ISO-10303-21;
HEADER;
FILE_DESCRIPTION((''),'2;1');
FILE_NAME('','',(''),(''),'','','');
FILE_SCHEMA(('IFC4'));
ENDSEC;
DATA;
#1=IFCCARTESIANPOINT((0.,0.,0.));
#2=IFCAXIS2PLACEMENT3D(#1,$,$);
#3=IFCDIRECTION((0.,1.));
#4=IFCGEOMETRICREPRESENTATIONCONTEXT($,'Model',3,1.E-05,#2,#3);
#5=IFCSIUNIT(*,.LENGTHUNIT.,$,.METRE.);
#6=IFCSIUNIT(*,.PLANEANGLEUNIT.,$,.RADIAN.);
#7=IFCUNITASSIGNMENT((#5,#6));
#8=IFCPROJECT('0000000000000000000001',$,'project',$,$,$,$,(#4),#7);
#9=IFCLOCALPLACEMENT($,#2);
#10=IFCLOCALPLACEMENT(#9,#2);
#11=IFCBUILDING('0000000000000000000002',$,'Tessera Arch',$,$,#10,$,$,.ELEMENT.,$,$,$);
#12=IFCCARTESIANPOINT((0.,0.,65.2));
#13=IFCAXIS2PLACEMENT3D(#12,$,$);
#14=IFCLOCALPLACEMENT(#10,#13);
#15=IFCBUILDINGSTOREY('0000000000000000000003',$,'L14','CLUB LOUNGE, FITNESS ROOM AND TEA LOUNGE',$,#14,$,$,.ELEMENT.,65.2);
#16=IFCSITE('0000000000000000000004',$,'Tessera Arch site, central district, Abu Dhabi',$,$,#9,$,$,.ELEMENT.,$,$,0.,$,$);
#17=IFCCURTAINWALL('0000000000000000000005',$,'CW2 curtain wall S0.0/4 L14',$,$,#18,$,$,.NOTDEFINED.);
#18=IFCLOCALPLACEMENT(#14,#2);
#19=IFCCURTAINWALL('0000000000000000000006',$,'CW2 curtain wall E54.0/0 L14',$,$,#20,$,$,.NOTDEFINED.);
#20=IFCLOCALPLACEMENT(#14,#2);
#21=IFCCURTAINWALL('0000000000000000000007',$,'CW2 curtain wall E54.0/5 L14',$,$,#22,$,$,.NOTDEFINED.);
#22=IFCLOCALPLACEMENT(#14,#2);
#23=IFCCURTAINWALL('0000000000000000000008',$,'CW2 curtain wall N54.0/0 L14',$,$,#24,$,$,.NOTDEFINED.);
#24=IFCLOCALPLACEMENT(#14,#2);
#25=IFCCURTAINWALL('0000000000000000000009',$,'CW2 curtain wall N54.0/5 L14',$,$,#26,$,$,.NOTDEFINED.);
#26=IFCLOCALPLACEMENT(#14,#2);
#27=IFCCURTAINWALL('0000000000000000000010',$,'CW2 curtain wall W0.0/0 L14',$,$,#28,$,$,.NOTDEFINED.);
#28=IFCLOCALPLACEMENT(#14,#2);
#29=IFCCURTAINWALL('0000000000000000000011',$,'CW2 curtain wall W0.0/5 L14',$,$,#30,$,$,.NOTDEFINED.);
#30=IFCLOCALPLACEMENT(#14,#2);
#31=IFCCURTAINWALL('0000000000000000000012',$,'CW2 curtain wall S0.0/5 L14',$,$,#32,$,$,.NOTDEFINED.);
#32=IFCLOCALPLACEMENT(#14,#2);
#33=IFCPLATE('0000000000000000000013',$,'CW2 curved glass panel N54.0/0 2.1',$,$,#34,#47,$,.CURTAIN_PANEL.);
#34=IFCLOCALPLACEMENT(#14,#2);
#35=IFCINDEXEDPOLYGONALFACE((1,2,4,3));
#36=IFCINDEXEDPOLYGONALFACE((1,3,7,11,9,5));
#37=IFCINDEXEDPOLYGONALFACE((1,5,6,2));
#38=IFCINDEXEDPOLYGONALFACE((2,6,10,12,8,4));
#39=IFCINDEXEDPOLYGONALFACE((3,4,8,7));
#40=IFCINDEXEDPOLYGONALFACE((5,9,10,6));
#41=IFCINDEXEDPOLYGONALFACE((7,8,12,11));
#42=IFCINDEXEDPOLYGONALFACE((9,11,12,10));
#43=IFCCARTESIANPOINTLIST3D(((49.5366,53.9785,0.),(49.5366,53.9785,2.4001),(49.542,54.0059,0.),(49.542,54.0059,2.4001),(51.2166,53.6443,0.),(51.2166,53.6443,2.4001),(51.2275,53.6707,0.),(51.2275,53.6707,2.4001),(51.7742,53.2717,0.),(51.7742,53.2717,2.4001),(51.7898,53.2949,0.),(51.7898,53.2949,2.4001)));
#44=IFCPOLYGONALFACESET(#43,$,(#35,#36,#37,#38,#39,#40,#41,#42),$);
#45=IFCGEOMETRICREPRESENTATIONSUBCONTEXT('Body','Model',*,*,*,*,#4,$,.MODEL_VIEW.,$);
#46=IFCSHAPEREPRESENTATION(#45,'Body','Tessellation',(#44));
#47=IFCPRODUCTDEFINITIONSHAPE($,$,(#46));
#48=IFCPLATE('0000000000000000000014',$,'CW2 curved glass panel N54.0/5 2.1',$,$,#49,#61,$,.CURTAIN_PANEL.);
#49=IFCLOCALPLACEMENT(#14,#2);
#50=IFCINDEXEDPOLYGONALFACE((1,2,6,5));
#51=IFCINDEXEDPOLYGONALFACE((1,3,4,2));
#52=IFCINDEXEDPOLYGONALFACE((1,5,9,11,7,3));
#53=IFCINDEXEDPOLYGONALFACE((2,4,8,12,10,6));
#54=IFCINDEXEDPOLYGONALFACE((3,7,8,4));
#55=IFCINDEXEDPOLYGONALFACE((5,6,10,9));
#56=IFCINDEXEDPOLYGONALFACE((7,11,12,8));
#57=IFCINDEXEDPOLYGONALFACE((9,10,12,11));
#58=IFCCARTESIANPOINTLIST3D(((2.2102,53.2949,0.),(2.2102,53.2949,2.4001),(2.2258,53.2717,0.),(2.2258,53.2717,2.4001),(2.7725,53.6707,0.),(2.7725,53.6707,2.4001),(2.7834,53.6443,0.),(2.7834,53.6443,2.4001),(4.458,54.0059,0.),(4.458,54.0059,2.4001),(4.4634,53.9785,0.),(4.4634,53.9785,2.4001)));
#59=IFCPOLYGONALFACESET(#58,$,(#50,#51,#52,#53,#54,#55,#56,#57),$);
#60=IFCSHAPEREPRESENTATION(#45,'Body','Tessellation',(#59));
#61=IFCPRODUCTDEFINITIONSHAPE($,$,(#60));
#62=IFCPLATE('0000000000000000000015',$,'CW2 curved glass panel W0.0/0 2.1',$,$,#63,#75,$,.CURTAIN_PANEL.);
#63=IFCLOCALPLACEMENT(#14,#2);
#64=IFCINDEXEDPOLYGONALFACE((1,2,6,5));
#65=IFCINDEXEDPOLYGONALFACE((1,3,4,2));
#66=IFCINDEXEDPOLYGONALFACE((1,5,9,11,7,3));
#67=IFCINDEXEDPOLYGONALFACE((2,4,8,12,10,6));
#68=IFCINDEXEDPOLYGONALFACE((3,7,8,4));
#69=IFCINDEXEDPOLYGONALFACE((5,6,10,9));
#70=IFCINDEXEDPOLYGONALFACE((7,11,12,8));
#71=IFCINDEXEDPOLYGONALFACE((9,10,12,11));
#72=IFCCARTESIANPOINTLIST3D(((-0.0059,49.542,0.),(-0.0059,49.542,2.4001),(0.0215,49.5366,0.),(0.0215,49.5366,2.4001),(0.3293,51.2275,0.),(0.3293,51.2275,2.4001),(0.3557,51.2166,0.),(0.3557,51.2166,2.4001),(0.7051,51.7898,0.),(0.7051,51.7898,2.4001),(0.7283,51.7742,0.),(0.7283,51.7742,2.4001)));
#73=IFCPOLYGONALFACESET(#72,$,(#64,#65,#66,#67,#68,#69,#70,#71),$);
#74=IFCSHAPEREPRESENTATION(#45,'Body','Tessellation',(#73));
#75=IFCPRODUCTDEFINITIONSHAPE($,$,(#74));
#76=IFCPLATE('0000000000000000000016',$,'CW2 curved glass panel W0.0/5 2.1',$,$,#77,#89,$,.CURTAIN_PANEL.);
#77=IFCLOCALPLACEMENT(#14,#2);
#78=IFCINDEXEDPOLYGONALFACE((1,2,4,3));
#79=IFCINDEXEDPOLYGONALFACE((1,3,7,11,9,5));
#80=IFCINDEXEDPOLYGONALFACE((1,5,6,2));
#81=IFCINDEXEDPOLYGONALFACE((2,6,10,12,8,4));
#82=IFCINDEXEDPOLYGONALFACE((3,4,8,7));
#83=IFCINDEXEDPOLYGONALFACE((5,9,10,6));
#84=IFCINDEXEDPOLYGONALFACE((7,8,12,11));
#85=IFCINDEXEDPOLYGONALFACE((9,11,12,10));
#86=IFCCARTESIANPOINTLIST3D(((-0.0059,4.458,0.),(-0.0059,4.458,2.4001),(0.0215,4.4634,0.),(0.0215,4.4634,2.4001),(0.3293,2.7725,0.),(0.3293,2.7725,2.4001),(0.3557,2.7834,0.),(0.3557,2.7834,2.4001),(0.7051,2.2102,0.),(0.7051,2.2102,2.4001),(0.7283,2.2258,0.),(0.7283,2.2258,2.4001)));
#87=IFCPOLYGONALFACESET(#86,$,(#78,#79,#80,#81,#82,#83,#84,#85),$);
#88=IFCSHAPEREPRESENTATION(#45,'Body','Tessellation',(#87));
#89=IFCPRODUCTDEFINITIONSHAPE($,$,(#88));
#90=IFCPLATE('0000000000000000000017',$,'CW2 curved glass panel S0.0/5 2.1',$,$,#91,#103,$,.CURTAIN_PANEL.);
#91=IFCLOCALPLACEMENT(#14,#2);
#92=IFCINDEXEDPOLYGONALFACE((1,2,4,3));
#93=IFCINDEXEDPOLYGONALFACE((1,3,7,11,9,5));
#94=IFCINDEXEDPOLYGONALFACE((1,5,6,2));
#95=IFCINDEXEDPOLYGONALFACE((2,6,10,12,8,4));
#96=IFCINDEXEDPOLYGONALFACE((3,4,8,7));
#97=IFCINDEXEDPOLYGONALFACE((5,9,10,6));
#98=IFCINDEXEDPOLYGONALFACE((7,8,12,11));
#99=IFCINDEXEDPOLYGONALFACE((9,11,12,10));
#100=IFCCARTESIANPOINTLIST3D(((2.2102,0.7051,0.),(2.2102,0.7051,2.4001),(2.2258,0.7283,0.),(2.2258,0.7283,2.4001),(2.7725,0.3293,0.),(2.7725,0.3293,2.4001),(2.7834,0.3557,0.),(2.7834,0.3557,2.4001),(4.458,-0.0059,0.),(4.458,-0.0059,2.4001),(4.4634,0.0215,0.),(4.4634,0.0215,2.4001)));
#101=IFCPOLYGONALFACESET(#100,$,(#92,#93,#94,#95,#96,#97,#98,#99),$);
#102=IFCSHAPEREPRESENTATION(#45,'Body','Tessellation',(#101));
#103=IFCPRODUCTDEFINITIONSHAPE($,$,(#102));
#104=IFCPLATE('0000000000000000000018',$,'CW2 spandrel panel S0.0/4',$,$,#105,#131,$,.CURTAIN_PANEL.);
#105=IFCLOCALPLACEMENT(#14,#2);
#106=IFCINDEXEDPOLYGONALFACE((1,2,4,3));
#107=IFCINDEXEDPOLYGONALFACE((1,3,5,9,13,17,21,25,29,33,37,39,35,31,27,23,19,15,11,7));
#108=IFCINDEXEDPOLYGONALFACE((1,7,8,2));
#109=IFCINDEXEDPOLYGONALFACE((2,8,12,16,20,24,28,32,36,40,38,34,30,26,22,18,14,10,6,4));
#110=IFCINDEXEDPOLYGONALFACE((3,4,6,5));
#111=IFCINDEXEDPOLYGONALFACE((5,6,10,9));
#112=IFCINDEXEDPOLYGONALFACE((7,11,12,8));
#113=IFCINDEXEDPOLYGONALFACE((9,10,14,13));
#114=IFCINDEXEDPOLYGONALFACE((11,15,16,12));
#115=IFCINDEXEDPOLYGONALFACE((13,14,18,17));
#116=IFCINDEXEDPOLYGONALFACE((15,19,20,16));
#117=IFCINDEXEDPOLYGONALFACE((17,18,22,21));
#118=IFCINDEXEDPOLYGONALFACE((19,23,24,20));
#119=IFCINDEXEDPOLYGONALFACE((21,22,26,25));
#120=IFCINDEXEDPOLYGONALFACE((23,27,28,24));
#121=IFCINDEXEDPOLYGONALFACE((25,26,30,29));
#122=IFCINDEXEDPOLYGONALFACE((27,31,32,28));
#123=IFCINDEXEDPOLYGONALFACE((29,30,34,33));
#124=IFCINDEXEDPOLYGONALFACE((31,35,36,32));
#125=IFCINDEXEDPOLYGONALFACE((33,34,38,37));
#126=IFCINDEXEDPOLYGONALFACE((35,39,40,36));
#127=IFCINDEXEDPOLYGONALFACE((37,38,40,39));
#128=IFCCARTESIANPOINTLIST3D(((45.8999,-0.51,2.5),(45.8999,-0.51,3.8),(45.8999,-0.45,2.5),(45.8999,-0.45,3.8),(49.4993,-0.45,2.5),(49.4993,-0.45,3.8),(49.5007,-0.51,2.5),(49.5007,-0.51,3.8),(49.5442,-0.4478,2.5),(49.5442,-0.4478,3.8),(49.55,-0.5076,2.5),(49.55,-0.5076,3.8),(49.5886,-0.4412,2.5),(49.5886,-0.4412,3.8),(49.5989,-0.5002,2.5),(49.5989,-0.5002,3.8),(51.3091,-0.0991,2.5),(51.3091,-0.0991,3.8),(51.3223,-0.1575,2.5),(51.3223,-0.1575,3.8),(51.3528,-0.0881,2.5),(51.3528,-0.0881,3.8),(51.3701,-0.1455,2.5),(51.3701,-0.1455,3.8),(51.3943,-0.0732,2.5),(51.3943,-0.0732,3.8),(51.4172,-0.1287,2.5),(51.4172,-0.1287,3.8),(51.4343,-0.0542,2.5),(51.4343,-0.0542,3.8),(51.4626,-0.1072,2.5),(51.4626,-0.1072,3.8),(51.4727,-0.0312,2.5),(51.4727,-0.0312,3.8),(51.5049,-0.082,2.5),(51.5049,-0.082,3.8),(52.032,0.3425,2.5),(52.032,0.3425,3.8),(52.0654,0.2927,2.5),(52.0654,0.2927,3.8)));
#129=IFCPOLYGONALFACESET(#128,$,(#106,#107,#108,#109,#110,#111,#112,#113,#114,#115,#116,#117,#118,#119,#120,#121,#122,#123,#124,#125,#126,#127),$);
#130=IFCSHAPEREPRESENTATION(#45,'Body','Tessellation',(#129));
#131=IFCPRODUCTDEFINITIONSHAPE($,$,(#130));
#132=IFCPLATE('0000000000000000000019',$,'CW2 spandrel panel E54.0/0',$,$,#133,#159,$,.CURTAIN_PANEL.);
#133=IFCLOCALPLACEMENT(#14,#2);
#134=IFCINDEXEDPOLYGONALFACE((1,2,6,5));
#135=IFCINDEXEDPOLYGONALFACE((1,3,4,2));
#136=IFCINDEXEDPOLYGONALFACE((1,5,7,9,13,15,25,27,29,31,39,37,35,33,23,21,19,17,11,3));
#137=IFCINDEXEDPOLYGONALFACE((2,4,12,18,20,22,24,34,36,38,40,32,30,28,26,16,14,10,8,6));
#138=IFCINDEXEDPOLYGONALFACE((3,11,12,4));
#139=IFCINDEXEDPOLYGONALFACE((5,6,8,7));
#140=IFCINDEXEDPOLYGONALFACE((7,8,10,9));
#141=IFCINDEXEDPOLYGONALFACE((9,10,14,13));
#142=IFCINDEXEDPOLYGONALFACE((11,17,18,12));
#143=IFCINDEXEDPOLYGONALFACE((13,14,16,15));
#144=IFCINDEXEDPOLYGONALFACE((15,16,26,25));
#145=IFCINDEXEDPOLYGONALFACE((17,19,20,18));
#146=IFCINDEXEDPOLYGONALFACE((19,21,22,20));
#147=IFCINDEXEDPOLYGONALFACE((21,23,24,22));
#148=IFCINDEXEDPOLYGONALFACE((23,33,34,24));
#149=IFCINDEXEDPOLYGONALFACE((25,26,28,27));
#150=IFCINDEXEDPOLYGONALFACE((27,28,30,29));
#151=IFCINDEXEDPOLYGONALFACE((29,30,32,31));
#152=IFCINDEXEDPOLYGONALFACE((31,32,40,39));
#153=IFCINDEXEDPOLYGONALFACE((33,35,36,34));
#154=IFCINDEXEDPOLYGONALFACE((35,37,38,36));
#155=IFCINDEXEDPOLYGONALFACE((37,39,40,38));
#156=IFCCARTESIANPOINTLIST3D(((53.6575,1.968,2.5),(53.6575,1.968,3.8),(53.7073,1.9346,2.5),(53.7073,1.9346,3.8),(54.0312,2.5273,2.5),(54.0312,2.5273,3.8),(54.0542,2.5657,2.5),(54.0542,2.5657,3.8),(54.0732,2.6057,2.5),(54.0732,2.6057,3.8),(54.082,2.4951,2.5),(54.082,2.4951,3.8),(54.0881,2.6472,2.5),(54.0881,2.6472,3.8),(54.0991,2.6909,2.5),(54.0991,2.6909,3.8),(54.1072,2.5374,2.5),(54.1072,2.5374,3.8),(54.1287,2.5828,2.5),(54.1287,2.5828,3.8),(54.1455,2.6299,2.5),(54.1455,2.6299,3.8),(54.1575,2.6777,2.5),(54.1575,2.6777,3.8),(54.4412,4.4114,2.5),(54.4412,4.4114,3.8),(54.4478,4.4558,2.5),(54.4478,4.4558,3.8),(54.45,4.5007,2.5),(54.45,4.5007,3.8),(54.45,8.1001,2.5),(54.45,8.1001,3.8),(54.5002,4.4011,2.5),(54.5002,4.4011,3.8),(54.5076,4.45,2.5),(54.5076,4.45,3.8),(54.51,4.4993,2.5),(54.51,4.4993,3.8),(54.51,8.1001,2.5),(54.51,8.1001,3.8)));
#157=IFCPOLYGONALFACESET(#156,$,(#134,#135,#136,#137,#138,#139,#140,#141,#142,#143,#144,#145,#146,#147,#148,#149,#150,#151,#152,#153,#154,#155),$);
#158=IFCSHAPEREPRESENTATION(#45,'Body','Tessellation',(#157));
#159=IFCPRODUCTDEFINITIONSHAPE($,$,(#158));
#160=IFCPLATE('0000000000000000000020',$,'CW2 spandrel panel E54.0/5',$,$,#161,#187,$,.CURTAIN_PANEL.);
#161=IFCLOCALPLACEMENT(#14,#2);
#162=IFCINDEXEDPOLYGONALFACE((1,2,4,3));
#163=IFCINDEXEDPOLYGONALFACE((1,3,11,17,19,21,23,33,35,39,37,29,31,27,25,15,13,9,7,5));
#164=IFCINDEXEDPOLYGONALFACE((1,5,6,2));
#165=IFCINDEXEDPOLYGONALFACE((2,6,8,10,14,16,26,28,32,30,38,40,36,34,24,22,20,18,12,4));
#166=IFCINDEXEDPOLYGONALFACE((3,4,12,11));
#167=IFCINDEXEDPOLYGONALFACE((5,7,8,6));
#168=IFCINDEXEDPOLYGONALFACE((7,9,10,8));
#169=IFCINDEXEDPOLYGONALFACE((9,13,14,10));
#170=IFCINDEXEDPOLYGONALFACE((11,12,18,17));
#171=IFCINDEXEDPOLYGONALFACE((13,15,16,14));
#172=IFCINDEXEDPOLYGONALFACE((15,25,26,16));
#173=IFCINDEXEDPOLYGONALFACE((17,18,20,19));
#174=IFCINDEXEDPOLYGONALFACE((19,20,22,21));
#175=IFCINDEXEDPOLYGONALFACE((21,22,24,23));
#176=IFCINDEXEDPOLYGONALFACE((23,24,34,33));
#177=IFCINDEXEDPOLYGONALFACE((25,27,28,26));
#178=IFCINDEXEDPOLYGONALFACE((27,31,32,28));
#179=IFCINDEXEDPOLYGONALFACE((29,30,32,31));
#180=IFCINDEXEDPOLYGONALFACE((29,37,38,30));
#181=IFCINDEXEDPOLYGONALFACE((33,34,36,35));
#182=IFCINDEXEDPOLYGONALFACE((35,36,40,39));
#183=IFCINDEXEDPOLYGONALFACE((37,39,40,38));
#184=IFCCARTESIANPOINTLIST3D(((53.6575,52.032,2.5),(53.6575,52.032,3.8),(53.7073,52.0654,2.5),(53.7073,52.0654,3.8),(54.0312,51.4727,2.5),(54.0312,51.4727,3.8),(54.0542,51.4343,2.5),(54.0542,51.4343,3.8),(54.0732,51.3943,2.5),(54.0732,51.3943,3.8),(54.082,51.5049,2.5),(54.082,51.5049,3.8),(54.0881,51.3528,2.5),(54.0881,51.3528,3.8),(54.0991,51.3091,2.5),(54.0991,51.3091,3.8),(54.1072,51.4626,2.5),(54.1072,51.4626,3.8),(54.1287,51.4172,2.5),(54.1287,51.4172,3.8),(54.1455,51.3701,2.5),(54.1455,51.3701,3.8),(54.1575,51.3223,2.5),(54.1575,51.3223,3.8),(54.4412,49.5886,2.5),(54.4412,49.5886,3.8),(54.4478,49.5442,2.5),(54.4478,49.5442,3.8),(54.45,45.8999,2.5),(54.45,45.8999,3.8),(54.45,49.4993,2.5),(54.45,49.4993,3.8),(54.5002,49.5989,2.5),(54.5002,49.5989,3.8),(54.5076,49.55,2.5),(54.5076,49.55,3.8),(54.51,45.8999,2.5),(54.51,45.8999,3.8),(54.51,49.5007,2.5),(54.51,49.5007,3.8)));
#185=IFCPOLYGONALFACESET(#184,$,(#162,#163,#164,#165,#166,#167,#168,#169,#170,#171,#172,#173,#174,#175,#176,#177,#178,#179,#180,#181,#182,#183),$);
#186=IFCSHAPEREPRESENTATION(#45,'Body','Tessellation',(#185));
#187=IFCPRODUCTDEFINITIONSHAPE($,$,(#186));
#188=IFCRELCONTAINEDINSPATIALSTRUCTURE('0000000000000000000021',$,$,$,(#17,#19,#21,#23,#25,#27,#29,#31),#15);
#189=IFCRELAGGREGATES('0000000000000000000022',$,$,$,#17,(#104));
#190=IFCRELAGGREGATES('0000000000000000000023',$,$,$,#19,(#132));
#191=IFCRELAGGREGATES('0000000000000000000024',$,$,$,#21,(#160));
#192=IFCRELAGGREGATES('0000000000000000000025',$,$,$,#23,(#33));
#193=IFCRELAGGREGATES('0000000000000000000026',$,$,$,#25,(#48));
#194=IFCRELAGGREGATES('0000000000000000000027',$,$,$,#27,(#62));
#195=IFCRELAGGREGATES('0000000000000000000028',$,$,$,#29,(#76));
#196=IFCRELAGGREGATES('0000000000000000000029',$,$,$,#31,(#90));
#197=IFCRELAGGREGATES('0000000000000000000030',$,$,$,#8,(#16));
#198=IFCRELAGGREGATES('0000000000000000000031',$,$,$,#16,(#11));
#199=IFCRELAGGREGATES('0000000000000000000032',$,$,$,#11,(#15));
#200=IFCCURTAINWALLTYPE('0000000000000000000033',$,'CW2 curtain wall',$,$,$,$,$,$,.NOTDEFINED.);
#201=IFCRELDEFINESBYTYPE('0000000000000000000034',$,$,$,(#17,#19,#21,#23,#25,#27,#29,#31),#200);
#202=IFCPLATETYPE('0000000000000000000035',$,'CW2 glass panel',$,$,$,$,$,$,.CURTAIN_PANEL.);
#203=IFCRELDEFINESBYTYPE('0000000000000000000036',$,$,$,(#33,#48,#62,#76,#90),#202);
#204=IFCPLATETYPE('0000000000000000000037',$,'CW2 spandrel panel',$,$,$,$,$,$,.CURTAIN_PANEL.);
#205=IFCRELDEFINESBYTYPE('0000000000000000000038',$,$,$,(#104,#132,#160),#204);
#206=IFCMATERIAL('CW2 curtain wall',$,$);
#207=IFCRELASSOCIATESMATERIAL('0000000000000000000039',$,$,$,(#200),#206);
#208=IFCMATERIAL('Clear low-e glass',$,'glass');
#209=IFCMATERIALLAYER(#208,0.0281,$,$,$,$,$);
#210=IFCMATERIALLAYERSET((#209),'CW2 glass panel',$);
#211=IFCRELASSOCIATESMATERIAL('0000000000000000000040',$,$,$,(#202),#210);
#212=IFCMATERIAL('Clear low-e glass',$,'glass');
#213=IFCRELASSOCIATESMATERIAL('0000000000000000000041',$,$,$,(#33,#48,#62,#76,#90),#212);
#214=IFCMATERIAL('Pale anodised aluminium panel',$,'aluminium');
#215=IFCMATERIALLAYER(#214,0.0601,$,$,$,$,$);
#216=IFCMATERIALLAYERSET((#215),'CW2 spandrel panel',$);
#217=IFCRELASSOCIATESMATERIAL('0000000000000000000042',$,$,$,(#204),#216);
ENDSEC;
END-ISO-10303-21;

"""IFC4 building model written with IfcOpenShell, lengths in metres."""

from ifc_helpers import new_model, si_unit, direction, frame, origin, place, context, subcontext, project, spatial, polyline, outline, extrude, material, layer, layer_set, type_object, element, aggregate, save


model = new_model("IFC4")

# Units and contexts
model_context = context("Model", 3, precision=1e-05, world=origin(), true_north=direction((0.0, 1.0)))
body_context = subcontext(model_context, "Body", "Model", "MODEL_VIEW")
ifc_project = project(units=[si_unit("LENGTHUNIT", "METRE"), si_unit("PLANEANGLEUNIT", "RADIAN")], contexts=[model_context])

# Site, building, storey
site_placement = place(None, origin())
site = spatial("IfcSite", under=ifc_project, at=site_placement, Name="Tessera Arch site, central district, Abu Dhabi", CompositionType="ELEMENT", RefElevation=0.0)
building_placement = place(site_placement, origin())
building = spatial("IfcBuilding", under=site, at=building_placement, Name="Tessera Arch", CompositionType="ELEMENT")
storey_placement = place(building_placement, frame((0.0, 0.0, 65.2)))
storey = spatial("IfcBuildingStorey", under=building, at=storey_placement, Name="L14", Description="CLUB LOUNGE, FITNESS ROOM AND TEA LOUNGE", CompositionType="ELEMENT", Elevation=65.2)

# Curtain walls
ifc_material_1 = material(Name="CW2 curtain wall")
curtain_wall_type = type_object("IfcCurtainWallType", Name="CW2 curtain wall", PredefinedType="NOTDEFINED", material=ifc_material_1)
curtain_wall_1_placement = place(storey_placement, origin())
curtain_wall_1 = element("IfcCurtainWall", 1, at=curtain_wall_1_placement, inside=storey, type_object=curtain_wall_type, Name="CW2 curtain wall S0.0/4 L14", PredefinedType="NOTDEFINED")
curtain_wall_2_placement = place(storey_placement, origin())
curtain_wall_2 = element("IfcCurtainWall", 2, at=curtain_wall_2_placement, inside=storey, type_object=curtain_wall_type, Name="CW2 curtain wall E54.0/0 L14", PredefinedType="NOTDEFINED")
curtain_wall_3_placement = place(storey_placement, origin())
curtain_wall_3 = element("IfcCurtainWall", 3, at=curtain_wall_3_placement, inside=storey, type_object=curtain_wall_type, Name="CW2 curtain wall E54.0/5 L14", PredefinedType="NOTDEFINED")
curtain_wall_4_placement = place(storey_placement, origin())
curtain_wall_4 = element("IfcCurtainWall", 4, at=curtain_wall_4_placement, inside=storey, type_object=curtain_wall_type, Name="CW2 curtain wall N54.0/0 L14", PredefinedType="NOTDEFINED")
curtain_wall_5_placement = place(storey_placement, origin())
curtain_wall_5 = element("IfcCurtainWall", 5, at=curtain_wall_5_placement, inside=storey, type_object=curtain_wall_type, Name="CW2 curtain wall N54.0/5 L14", PredefinedType="NOTDEFINED")
curtain_wall_6_placement = place(storey_placement, origin())
curtain_wall_6 = element("IfcCurtainWall", 6, at=curtain_wall_6_placement, inside=storey, type_object=curtain_wall_type, Name="CW2 curtain wall W0.0/0 L14", PredefinedType="NOTDEFINED")
curtain_wall_7_placement = place(storey_placement, origin())
curtain_wall_7 = element("IfcCurtainWall", 7, at=curtain_wall_7_placement, inside=storey, type_object=curtain_wall_type, Name="CW2 curtain wall W0.0/5 L14", PredefinedType="NOTDEFINED")
curtain_wall_8_placement = place(storey_placement, origin())
curtain_wall_8 = element("IfcCurtainWall", 8, at=curtain_wall_8_placement, inside=storey, type_object=curtain_wall_type, Name="CW2 curtain wall S0.0/5 L14", PredefinedType="NOTDEFINED")

# Plates
ifc_material_2 = material(Name="Clear low-e glass", Category="glass")
ifc_material_3 = material(Name="Clear low-e glass", Category="glass")
ifc_layer_1 = layer(ifc_material_3, 0.0281)
ifc_layer_set_1 = layer_set([ifc_layer_1], Name="CW2 glass panel")
plate_type_1 = type_object("IfcPlateType", Name="CW2 glass panel", PredefinedType="CURTAIN_PANEL", material=ifc_layer_set_1)
plate_1_placement = place(storey_placement, origin())
plate_1 = element("IfcPlate", 9, at=plate_1_placement, type_object=plate_type_1, material=ifc_material_2, Name="CW2 curved glass panel N54.0/0 2.1", PredefinedType="CURTAIN_PANEL", context=body_context, shape_type="SweptSolid", body=[
    extrude(outline(polyline([(51.2166, 53.6443), (51.7742, 53.2717), (51.7898, 53.2949), (51.2275, 53.6707), (49.542, 54.0059), (49.5366, 53.9785), (51.2166, 53.6443)])), origin(), (0.0, 0.0, 1.0), 2.4001),
])
plate_2_placement = place(storey_placement, origin())
plate_2 = element("IfcPlate", 10, at=plate_2_placement, type_object=plate_type_1, material=ifc_material_2, Name="CW2 curved glass panel N54.0/5 2.1", PredefinedType="CURTAIN_PANEL", context=body_context, shape_type="SweptSolid", body=[
    extrude(outline(polyline([(2.7834, 53.6443), (4.4634, 53.9785), (4.458, 54.0059), (2.7725, 53.6707), (2.2102, 53.2949), (2.2258, 53.2717), (2.7834, 53.6443)])), origin(), (0.0, 0.0, 1.0), 2.4001),
])
plate_3_placement = place(storey_placement, origin())
plate_3 = element("IfcPlate", 11, at=plate_3_placement, type_object=plate_type_1, material=ifc_material_2, Name="CW2 curved glass panel W0.0/0 2.1", PredefinedType="CURTAIN_PANEL", context=body_context, shape_type="SweptSolid", body=[
    extrude(outline(polyline([(0.3557, 51.2166), (0.7283, 51.7742), (0.7051, 51.7898), (0.3293, 51.2275), (-0.0059, 49.542), (0.0215, 49.5366), (0.3557, 51.2166)])), origin(), (0.0, 0.0, 1.0), 2.4001),
])
plate_4_placement = place(storey_placement, origin())
plate_4 = element("IfcPlate", 12, at=plate_4_placement, type_object=plate_type_1, material=ifc_material_2, Name="CW2 curved glass panel W0.0/5 2.1", PredefinedType="CURTAIN_PANEL", context=body_context, shape_type="SweptSolid", body=[
    extrude(outline(polyline([(0.3557, 2.7834), (0.0215, 4.4634), (-0.0059, 4.458), (0.3293, 2.7725), (0.7051, 2.2102), (0.7283, 2.2258), (0.3557, 2.7834)])), origin(), (0.0, 0.0, 1.0), 2.4001),
])
plate_5_placement = place(storey_placement, origin())
plate_5 = element("IfcPlate", 13, at=plate_5_placement, type_object=plate_type_1, material=ifc_material_2, Name="CW2 curved glass panel S0.0/5 2.1", PredefinedType="CURTAIN_PANEL", context=body_context, shape_type="SweptSolid", body=[
    extrude(outline(polyline([(2.7834, 0.3557), (2.2258, 0.7283), (2.2102, 0.7051), (2.7725, 0.3293), (4.458, -0.0059), (4.4634, 0.0215), (2.7834, 0.3557)])), origin(), (0.0, 0.0, 1.0), 2.4001),
])
ifc_material_4 = material(Name="Pale anodised aluminium panel", Category="aluminium")
ifc_layer_2 = layer(ifc_material_4, 0.0601)
ifc_layer_set_2 = layer_set([ifc_layer_2], Name="CW2 spandrel panel")
plate_type_2 = type_object("IfcPlateType", Name="CW2 spandrel panel", PredefinedType="CURTAIN_PANEL", material=ifc_layer_set_2)
plate_6_placement = place(storey_placement, frame((0.0, 0.0, 2.5)))
plate_6 = element("IfcPlate", 14, at=plate_6_placement, type_object=plate_type_2, Name="CW2 spandrel panel S0.0/4", PredefinedType="CURTAIN_PANEL", context=body_context, shape_type="SweptSolid", body=[
    extrude(outline(polyline([(49.4993, -0.45), (45.8999, -0.45), (45.8999, -0.51), (49.5007, -0.51), (49.55, -0.5076), (49.5989, -0.5002), (51.3223, -0.1575), (51.3701, -0.1455), (51.4172, -0.1287), (51.4626, -0.1072), (51.5049, -0.082), (52.0654, 0.2927), (52.032, 0.3425), (51.4727, -0.0312), (51.4343, -0.0542), (51.3943, -0.0732), (51.3528, -0.0881), (51.3091, -0.0991), (49.5886, -0.4412), (49.5442, -0.4478), (49.4993, -0.45)])), origin(), (0.0, 0.0, 1.0), 1.3),
])
aggregate(curtain_wall_1, [plate_6])
plate_7_placement = place(storey_placement, frame((0.0, 0.0, 2.5)))
plate_7 = element("IfcPlate", 15, at=plate_7_placement, type_object=plate_type_2, Name="CW2 spandrel panel E54.0/0", PredefinedType="CURTAIN_PANEL", context=body_context, shape_type="SweptSolid", body=[
    extrude(outline(polyline([(54.0312, 2.5273), (53.6575, 1.968), (53.7073, 1.9346), (54.082, 2.4951), (54.1072, 2.5374), (54.1287, 2.5828), (54.1455, 2.6299), (54.1575, 2.6777), (54.5002, 4.4011), (54.5076, 4.45), (54.51, 4.4993), (54.51, 8.1001), (54.45, 8.1001), (54.45, 4.5007), (54.4478, 4.4558), (54.4412, 4.4114), (54.0991, 2.6909), (54.0881, 2.6472), (54.0732, 2.6057), (54.0542, 2.5657), (54.0312, 2.5273)])), origin(), (0.0, 0.0, 1.0), 1.3),
])
aggregate(curtain_wall_2, [plate_7])
plate_8_placement = place(storey_placement, frame((0.0, 0.0, 2.5)))
plate_8 = element("IfcPlate", 16, at=plate_8_placement, type_object=plate_type_2, Name="CW2 spandrel panel E54.0/5", PredefinedType="CURTAIN_PANEL", context=body_context, shape_type="SweptSolid", body=[
    extrude(outline(polyline([(54.45, 49.4993), (54.45, 45.8999), (54.51, 45.8999), (54.51, 49.5007), (54.5076, 49.55), (54.5002, 49.5989), (54.1575, 51.3223), (54.1455, 51.3701), (54.1287, 51.4172), (54.1072, 51.4626), (54.082, 51.5049), (53.7073, 52.0654), (53.6575, 52.032), (54.0312, 51.4727), (54.0542, 51.4343), (54.0732, 51.3943), (54.0881, 51.3528), (54.0991, 51.3091), (54.4412, 49.5886), (54.4478, 49.5442), (54.45, 49.4993)])), origin(), (0.0, 0.0, 1.0), 1.3),
])
aggregate(curtain_wall_3, [plate_8])
aggregate(curtain_wall_4, [plate_1])
aggregate(curtain_wall_5, [plate_2])
aggregate(curtain_wall_6, [plate_3])
aggregate(curtain_wall_7, [plate_4])
aggregate(curtain_wall_8, [plate_5])

save(model, "model.ifc")
